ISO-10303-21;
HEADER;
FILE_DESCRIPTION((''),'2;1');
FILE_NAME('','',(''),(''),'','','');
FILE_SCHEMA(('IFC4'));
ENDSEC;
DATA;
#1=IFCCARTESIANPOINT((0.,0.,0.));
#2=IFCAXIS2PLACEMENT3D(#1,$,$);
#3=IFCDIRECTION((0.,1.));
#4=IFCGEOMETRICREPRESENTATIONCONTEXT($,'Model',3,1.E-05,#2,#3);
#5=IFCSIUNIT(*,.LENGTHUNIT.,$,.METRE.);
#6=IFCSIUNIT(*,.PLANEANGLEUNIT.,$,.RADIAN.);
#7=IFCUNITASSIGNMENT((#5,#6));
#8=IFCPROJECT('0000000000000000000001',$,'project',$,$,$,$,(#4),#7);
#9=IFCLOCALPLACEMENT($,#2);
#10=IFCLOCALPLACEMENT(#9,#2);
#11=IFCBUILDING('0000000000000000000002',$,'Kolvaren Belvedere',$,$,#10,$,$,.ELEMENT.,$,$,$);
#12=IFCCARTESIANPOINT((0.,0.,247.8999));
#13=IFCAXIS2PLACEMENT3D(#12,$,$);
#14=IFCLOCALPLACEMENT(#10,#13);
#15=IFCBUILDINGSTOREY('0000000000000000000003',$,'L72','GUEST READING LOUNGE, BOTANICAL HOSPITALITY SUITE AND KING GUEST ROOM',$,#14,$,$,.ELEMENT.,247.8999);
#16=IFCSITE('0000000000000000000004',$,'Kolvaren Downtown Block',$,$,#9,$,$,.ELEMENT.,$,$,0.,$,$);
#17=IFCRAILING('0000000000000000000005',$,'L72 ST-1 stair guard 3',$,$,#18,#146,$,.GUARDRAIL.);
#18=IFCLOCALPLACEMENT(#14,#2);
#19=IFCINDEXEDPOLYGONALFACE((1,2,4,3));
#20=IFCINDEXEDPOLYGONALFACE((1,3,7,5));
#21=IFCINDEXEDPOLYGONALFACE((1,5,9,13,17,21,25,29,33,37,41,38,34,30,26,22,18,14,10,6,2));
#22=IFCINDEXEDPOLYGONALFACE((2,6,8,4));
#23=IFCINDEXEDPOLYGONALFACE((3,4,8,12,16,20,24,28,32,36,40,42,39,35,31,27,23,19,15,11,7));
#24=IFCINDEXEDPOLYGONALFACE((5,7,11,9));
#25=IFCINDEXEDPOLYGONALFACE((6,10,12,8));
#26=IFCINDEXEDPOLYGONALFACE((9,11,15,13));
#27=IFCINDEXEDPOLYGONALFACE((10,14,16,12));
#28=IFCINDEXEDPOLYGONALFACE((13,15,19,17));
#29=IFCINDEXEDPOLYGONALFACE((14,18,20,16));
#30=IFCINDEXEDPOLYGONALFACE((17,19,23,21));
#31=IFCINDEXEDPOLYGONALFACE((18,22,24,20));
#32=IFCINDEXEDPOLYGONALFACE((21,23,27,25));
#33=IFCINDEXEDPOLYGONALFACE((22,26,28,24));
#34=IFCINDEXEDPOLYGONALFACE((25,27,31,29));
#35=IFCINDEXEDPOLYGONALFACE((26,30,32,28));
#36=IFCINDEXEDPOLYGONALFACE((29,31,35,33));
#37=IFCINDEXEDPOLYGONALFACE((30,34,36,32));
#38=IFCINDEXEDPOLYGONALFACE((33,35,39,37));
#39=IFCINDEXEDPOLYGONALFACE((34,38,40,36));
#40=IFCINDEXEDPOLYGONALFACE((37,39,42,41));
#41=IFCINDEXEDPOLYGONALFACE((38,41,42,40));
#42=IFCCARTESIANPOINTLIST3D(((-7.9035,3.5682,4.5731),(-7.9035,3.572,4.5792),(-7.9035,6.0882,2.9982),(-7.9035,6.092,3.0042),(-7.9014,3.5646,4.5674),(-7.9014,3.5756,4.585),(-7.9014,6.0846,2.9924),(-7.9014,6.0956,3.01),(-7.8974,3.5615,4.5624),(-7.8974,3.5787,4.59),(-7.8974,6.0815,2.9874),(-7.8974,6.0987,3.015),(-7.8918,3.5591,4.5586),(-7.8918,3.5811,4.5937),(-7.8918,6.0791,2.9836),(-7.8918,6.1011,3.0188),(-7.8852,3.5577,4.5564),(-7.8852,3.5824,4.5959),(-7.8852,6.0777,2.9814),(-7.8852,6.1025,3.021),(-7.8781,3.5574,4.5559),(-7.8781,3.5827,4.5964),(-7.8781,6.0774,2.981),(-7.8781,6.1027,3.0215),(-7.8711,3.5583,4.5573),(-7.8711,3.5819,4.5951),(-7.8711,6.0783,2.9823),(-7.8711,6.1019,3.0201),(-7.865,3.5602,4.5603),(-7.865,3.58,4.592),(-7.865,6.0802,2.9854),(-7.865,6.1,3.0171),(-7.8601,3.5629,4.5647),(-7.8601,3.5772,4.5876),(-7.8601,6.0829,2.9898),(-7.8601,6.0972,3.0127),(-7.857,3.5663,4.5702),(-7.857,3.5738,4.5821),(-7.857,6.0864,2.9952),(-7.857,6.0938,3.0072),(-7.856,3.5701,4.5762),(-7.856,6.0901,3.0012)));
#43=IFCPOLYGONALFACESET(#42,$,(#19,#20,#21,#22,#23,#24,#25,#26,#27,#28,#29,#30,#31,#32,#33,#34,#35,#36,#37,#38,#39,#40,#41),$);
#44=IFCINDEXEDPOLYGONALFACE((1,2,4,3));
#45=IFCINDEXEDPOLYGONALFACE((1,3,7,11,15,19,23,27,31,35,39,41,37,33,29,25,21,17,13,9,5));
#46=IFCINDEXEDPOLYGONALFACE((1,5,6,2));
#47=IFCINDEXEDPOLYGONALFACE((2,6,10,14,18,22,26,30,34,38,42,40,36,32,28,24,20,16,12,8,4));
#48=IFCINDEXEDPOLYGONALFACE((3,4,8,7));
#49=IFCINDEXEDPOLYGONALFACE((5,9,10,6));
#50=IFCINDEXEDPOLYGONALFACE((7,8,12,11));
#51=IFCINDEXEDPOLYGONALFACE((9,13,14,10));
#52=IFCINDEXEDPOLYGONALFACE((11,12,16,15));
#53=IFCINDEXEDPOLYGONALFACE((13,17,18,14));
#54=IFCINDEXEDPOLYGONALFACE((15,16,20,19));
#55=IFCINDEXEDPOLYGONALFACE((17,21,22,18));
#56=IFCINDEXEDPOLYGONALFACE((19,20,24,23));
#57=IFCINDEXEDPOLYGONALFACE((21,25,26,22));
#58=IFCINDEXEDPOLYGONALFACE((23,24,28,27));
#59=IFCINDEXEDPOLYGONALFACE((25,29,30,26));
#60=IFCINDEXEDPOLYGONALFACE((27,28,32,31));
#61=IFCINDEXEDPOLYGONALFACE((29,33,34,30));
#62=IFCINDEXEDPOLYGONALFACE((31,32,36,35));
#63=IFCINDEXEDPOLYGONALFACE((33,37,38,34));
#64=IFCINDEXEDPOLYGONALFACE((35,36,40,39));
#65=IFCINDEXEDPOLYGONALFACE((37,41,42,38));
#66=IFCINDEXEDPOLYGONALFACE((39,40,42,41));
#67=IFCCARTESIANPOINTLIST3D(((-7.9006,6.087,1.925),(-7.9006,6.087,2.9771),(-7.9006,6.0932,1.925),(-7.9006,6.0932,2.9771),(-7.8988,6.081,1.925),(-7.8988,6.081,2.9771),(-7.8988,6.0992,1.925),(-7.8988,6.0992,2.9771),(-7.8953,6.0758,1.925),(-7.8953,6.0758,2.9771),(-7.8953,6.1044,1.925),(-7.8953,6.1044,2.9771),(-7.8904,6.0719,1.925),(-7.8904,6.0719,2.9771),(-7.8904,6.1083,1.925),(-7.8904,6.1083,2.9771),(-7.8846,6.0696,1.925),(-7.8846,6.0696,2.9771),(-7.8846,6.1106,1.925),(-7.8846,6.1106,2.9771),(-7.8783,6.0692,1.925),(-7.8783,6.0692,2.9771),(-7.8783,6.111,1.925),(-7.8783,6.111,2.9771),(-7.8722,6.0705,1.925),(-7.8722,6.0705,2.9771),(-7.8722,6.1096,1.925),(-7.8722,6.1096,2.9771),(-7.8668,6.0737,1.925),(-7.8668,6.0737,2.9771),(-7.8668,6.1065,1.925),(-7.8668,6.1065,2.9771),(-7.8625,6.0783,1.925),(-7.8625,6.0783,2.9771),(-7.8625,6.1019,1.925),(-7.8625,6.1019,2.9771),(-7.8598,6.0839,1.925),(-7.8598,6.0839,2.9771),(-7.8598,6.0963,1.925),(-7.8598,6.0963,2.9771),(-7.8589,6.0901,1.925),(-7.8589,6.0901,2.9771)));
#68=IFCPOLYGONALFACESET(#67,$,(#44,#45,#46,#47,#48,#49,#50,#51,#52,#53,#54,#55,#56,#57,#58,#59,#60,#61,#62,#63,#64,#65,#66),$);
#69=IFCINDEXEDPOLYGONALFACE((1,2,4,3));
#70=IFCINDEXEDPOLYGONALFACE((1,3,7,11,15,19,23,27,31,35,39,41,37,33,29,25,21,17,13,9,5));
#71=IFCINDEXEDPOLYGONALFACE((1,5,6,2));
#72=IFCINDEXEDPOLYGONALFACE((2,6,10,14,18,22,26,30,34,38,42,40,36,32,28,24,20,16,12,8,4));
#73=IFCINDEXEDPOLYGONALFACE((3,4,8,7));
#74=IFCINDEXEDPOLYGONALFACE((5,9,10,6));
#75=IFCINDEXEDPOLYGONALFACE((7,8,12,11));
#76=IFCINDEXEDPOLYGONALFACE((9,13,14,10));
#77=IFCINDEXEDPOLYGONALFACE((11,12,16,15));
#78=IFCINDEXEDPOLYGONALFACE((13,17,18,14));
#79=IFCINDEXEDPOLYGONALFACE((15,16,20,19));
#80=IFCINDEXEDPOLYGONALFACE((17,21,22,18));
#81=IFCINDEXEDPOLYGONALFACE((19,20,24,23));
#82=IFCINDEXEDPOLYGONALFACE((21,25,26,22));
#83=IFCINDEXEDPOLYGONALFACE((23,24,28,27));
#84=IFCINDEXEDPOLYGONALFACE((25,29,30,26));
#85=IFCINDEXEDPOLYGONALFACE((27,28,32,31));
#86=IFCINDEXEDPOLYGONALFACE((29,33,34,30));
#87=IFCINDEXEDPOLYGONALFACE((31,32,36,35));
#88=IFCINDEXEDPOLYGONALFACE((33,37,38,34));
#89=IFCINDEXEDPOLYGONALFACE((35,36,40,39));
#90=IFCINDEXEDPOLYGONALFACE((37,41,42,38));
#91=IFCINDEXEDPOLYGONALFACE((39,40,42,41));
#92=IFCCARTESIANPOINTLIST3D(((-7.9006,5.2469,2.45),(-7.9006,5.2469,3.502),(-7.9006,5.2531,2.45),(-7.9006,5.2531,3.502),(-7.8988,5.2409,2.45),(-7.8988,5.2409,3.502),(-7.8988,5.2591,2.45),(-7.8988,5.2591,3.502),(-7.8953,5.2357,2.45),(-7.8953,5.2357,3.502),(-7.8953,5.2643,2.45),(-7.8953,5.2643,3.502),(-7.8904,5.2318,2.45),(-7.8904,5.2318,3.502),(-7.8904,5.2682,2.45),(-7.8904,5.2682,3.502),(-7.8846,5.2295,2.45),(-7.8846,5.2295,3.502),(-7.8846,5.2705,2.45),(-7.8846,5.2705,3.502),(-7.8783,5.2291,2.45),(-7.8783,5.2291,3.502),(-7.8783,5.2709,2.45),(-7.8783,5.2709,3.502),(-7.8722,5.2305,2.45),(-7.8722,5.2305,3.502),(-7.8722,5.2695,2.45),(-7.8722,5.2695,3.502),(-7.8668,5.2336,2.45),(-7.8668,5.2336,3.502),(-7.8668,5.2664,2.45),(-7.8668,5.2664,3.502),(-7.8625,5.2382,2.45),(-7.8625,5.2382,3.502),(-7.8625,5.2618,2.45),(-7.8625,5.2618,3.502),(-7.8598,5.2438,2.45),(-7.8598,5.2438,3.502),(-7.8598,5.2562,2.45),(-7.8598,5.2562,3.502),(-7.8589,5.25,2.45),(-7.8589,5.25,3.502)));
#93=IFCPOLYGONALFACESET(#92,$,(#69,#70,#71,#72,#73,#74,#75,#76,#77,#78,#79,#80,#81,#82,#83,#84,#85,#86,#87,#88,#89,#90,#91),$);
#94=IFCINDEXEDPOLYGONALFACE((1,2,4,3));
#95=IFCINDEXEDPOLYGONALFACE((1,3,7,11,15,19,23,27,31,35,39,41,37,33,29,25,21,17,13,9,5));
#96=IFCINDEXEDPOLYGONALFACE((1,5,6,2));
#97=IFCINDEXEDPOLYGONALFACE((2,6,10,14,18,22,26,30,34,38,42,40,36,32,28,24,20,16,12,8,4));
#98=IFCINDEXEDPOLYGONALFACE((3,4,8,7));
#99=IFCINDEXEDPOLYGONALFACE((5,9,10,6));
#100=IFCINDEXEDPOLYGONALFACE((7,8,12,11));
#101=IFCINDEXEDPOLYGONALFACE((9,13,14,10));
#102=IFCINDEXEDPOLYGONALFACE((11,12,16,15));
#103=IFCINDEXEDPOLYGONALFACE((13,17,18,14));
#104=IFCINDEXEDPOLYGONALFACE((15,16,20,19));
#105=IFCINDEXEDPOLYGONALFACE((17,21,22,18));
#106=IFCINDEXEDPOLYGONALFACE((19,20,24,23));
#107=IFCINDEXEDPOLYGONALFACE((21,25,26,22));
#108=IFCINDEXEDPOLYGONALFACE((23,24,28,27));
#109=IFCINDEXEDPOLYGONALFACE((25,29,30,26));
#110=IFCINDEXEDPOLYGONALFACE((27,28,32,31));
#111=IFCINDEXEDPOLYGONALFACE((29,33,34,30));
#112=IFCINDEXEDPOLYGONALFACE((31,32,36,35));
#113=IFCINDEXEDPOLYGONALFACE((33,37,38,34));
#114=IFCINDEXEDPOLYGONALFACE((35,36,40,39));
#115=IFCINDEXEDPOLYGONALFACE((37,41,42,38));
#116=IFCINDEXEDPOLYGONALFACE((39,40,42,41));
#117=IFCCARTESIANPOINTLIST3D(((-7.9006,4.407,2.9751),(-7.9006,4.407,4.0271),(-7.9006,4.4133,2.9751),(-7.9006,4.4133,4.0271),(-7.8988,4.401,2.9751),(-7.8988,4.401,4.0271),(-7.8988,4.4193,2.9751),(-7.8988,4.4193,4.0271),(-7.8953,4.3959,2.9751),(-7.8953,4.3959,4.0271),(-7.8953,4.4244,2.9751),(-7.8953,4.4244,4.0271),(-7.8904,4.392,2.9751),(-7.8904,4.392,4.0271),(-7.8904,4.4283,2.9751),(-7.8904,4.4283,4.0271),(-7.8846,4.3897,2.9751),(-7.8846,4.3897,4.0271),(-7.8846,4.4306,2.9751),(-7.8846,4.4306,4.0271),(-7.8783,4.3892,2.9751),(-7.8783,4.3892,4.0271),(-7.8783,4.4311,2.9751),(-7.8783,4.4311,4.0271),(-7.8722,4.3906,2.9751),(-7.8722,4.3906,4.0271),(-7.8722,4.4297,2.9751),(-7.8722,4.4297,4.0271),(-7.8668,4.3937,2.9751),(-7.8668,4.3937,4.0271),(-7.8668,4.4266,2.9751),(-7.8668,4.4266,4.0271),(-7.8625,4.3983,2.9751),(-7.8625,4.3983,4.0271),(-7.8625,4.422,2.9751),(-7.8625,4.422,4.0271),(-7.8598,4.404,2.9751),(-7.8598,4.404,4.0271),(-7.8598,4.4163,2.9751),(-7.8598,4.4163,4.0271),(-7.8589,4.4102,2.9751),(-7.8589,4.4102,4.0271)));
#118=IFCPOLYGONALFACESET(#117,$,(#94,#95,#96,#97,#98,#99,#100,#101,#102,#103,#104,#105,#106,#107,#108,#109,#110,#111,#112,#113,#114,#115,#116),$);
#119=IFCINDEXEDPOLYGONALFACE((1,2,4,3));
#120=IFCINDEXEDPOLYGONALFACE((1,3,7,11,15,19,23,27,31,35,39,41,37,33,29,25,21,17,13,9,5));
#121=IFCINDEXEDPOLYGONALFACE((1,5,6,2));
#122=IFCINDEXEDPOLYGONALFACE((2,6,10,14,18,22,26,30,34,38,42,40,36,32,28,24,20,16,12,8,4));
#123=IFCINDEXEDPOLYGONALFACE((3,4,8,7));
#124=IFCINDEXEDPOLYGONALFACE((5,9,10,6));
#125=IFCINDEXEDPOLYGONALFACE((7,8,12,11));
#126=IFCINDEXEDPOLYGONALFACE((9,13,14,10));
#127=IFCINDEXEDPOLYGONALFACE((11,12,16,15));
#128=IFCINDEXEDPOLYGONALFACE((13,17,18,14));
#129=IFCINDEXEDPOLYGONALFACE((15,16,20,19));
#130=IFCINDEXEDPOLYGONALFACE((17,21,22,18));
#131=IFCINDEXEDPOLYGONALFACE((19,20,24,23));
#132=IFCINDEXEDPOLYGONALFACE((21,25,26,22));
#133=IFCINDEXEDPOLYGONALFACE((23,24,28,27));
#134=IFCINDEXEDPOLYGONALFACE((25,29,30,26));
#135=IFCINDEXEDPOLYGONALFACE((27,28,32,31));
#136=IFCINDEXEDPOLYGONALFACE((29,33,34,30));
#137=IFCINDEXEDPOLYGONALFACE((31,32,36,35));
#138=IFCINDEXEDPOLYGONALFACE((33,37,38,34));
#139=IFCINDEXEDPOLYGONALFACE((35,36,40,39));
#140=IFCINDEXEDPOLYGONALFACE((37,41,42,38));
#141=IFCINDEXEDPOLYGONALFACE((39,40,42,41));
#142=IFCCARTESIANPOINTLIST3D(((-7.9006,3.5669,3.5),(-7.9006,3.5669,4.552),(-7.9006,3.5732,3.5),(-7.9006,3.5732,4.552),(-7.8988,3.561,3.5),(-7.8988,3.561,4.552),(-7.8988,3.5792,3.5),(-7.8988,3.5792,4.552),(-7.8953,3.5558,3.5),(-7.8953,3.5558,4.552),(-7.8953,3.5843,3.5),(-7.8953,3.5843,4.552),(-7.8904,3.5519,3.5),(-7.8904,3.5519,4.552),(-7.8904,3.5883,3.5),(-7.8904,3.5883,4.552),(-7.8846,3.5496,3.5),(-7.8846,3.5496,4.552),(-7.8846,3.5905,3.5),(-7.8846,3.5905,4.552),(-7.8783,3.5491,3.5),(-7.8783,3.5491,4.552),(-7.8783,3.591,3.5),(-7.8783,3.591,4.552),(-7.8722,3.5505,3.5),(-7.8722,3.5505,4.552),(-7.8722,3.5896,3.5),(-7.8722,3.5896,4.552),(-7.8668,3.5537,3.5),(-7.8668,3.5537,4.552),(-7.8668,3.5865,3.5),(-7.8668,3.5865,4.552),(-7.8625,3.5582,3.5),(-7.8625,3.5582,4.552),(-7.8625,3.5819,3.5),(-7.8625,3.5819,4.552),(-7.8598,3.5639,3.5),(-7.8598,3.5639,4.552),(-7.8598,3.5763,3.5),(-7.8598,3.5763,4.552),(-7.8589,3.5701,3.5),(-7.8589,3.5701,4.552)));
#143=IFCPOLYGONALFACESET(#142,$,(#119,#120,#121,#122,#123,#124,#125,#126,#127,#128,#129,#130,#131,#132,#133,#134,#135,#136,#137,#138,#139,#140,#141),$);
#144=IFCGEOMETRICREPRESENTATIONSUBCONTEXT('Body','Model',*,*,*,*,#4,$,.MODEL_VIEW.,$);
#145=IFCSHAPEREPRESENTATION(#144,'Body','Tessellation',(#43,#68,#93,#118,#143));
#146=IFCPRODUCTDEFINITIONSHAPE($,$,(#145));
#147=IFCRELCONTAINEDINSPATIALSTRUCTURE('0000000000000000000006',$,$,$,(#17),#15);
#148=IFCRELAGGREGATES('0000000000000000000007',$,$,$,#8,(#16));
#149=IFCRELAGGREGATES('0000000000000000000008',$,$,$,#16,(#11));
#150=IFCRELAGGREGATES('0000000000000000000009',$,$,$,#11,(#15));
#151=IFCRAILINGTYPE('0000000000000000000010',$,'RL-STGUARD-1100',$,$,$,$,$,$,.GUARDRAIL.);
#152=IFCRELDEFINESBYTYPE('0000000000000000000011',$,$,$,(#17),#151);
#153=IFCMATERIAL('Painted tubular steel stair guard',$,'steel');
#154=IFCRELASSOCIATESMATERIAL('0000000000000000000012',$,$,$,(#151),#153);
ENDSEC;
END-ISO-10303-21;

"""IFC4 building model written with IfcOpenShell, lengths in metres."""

from ifc_helpers import new_model, si_unit, direction, frame, origin, origin_2d, place, context, subcontext, project, spatial, circle, extrude, material, type_object, element, save


model = new_model("IFC4")

# Units and contexts
model_context = context("Model", 3, precision=1e-05, world=origin(), true_north=direction((0.0, 1.0)))
body_context = subcontext(model_context, "Body", "Model", "MODEL_VIEW")
ifc_project = project(units=[si_unit("LENGTHUNIT", "METRE"), si_unit("PLANEANGLEUNIT", "RADIAN")], contexts=[model_context])

# Site, building, storey
site_placement = place(None, origin())
site = spatial("IfcSite", under=ifc_project, at=site_placement, Name="Kolvaren Downtown Block", CompositionType="ELEMENT", RefElevation=0.0)
building_placement = place(site_placement, origin())
building = spatial("IfcBuilding", under=site, at=building_placement, Name="Kolvaren Belvedere", CompositionType="ELEMENT")
storey_placement = place(building_placement, frame((0.0, 0.0, 247.8999)))
storey = spatial("IfcBuildingStorey", under=building, at=storey_placement, Name="L72", Description="GUEST READING LOUNGE, BOTANICAL HOSPITALITY SUITE AND KING GUEST ROOM", CompositionType="ELEMENT", Elevation=247.8999)

# Railing
ifc_material_1 = material(Name="Painted tubular steel stair guard", Category="steel")
railing_type_1 = type_object("IfcRailingType", Name="RL-STGUARD-1100", PredefinedType="GUARDRAIL", material=ifc_material_1)
railing_1_placement = place(storey_placement, frame((-7.8799, 6.0901, 1.925)))
element("IfcRailing", 1, at=railing_1_placement, inside=storey, type_object=railing_type_1, Name="L72 ST-1 stair guard 3", PredefinedType="GUARDRAIL", context=body_context, shape_type="SweptSolid", body=[
    extrude(circle(Radius=0.0239, at=origin_2d()), frame((0.0, 0.0, 1.0762), z_axis=(0.0, -0.848008, 0.529984), x_axis=(1.0, 0.0, 0.0)), (0.0, 0.0, 1.0), 2.9717),
    extrude(circle(Radius=0.021, at=origin_2d()), origin(), (0.0, 0.0, 1.0), 1.052),
    extrude(circle(Radius=0.021, at=origin_2d()), frame((0.0, -0.8401, 0.5249)), (0.0, 0.0, 1.0), 1.052),
    extrude(circle(Radius=0.021, at=origin_2d()), frame((0.0, -1.6799, 1.05)), (0.0, 0.0, 1.0), 1.052),
    extrude(circle(Radius=0.021, at=origin_2d()), frame((0.0, -2.52, 1.575)), (0.0, 0.0, 1.0), 1.052),
])

save(model, "model.ifc")
